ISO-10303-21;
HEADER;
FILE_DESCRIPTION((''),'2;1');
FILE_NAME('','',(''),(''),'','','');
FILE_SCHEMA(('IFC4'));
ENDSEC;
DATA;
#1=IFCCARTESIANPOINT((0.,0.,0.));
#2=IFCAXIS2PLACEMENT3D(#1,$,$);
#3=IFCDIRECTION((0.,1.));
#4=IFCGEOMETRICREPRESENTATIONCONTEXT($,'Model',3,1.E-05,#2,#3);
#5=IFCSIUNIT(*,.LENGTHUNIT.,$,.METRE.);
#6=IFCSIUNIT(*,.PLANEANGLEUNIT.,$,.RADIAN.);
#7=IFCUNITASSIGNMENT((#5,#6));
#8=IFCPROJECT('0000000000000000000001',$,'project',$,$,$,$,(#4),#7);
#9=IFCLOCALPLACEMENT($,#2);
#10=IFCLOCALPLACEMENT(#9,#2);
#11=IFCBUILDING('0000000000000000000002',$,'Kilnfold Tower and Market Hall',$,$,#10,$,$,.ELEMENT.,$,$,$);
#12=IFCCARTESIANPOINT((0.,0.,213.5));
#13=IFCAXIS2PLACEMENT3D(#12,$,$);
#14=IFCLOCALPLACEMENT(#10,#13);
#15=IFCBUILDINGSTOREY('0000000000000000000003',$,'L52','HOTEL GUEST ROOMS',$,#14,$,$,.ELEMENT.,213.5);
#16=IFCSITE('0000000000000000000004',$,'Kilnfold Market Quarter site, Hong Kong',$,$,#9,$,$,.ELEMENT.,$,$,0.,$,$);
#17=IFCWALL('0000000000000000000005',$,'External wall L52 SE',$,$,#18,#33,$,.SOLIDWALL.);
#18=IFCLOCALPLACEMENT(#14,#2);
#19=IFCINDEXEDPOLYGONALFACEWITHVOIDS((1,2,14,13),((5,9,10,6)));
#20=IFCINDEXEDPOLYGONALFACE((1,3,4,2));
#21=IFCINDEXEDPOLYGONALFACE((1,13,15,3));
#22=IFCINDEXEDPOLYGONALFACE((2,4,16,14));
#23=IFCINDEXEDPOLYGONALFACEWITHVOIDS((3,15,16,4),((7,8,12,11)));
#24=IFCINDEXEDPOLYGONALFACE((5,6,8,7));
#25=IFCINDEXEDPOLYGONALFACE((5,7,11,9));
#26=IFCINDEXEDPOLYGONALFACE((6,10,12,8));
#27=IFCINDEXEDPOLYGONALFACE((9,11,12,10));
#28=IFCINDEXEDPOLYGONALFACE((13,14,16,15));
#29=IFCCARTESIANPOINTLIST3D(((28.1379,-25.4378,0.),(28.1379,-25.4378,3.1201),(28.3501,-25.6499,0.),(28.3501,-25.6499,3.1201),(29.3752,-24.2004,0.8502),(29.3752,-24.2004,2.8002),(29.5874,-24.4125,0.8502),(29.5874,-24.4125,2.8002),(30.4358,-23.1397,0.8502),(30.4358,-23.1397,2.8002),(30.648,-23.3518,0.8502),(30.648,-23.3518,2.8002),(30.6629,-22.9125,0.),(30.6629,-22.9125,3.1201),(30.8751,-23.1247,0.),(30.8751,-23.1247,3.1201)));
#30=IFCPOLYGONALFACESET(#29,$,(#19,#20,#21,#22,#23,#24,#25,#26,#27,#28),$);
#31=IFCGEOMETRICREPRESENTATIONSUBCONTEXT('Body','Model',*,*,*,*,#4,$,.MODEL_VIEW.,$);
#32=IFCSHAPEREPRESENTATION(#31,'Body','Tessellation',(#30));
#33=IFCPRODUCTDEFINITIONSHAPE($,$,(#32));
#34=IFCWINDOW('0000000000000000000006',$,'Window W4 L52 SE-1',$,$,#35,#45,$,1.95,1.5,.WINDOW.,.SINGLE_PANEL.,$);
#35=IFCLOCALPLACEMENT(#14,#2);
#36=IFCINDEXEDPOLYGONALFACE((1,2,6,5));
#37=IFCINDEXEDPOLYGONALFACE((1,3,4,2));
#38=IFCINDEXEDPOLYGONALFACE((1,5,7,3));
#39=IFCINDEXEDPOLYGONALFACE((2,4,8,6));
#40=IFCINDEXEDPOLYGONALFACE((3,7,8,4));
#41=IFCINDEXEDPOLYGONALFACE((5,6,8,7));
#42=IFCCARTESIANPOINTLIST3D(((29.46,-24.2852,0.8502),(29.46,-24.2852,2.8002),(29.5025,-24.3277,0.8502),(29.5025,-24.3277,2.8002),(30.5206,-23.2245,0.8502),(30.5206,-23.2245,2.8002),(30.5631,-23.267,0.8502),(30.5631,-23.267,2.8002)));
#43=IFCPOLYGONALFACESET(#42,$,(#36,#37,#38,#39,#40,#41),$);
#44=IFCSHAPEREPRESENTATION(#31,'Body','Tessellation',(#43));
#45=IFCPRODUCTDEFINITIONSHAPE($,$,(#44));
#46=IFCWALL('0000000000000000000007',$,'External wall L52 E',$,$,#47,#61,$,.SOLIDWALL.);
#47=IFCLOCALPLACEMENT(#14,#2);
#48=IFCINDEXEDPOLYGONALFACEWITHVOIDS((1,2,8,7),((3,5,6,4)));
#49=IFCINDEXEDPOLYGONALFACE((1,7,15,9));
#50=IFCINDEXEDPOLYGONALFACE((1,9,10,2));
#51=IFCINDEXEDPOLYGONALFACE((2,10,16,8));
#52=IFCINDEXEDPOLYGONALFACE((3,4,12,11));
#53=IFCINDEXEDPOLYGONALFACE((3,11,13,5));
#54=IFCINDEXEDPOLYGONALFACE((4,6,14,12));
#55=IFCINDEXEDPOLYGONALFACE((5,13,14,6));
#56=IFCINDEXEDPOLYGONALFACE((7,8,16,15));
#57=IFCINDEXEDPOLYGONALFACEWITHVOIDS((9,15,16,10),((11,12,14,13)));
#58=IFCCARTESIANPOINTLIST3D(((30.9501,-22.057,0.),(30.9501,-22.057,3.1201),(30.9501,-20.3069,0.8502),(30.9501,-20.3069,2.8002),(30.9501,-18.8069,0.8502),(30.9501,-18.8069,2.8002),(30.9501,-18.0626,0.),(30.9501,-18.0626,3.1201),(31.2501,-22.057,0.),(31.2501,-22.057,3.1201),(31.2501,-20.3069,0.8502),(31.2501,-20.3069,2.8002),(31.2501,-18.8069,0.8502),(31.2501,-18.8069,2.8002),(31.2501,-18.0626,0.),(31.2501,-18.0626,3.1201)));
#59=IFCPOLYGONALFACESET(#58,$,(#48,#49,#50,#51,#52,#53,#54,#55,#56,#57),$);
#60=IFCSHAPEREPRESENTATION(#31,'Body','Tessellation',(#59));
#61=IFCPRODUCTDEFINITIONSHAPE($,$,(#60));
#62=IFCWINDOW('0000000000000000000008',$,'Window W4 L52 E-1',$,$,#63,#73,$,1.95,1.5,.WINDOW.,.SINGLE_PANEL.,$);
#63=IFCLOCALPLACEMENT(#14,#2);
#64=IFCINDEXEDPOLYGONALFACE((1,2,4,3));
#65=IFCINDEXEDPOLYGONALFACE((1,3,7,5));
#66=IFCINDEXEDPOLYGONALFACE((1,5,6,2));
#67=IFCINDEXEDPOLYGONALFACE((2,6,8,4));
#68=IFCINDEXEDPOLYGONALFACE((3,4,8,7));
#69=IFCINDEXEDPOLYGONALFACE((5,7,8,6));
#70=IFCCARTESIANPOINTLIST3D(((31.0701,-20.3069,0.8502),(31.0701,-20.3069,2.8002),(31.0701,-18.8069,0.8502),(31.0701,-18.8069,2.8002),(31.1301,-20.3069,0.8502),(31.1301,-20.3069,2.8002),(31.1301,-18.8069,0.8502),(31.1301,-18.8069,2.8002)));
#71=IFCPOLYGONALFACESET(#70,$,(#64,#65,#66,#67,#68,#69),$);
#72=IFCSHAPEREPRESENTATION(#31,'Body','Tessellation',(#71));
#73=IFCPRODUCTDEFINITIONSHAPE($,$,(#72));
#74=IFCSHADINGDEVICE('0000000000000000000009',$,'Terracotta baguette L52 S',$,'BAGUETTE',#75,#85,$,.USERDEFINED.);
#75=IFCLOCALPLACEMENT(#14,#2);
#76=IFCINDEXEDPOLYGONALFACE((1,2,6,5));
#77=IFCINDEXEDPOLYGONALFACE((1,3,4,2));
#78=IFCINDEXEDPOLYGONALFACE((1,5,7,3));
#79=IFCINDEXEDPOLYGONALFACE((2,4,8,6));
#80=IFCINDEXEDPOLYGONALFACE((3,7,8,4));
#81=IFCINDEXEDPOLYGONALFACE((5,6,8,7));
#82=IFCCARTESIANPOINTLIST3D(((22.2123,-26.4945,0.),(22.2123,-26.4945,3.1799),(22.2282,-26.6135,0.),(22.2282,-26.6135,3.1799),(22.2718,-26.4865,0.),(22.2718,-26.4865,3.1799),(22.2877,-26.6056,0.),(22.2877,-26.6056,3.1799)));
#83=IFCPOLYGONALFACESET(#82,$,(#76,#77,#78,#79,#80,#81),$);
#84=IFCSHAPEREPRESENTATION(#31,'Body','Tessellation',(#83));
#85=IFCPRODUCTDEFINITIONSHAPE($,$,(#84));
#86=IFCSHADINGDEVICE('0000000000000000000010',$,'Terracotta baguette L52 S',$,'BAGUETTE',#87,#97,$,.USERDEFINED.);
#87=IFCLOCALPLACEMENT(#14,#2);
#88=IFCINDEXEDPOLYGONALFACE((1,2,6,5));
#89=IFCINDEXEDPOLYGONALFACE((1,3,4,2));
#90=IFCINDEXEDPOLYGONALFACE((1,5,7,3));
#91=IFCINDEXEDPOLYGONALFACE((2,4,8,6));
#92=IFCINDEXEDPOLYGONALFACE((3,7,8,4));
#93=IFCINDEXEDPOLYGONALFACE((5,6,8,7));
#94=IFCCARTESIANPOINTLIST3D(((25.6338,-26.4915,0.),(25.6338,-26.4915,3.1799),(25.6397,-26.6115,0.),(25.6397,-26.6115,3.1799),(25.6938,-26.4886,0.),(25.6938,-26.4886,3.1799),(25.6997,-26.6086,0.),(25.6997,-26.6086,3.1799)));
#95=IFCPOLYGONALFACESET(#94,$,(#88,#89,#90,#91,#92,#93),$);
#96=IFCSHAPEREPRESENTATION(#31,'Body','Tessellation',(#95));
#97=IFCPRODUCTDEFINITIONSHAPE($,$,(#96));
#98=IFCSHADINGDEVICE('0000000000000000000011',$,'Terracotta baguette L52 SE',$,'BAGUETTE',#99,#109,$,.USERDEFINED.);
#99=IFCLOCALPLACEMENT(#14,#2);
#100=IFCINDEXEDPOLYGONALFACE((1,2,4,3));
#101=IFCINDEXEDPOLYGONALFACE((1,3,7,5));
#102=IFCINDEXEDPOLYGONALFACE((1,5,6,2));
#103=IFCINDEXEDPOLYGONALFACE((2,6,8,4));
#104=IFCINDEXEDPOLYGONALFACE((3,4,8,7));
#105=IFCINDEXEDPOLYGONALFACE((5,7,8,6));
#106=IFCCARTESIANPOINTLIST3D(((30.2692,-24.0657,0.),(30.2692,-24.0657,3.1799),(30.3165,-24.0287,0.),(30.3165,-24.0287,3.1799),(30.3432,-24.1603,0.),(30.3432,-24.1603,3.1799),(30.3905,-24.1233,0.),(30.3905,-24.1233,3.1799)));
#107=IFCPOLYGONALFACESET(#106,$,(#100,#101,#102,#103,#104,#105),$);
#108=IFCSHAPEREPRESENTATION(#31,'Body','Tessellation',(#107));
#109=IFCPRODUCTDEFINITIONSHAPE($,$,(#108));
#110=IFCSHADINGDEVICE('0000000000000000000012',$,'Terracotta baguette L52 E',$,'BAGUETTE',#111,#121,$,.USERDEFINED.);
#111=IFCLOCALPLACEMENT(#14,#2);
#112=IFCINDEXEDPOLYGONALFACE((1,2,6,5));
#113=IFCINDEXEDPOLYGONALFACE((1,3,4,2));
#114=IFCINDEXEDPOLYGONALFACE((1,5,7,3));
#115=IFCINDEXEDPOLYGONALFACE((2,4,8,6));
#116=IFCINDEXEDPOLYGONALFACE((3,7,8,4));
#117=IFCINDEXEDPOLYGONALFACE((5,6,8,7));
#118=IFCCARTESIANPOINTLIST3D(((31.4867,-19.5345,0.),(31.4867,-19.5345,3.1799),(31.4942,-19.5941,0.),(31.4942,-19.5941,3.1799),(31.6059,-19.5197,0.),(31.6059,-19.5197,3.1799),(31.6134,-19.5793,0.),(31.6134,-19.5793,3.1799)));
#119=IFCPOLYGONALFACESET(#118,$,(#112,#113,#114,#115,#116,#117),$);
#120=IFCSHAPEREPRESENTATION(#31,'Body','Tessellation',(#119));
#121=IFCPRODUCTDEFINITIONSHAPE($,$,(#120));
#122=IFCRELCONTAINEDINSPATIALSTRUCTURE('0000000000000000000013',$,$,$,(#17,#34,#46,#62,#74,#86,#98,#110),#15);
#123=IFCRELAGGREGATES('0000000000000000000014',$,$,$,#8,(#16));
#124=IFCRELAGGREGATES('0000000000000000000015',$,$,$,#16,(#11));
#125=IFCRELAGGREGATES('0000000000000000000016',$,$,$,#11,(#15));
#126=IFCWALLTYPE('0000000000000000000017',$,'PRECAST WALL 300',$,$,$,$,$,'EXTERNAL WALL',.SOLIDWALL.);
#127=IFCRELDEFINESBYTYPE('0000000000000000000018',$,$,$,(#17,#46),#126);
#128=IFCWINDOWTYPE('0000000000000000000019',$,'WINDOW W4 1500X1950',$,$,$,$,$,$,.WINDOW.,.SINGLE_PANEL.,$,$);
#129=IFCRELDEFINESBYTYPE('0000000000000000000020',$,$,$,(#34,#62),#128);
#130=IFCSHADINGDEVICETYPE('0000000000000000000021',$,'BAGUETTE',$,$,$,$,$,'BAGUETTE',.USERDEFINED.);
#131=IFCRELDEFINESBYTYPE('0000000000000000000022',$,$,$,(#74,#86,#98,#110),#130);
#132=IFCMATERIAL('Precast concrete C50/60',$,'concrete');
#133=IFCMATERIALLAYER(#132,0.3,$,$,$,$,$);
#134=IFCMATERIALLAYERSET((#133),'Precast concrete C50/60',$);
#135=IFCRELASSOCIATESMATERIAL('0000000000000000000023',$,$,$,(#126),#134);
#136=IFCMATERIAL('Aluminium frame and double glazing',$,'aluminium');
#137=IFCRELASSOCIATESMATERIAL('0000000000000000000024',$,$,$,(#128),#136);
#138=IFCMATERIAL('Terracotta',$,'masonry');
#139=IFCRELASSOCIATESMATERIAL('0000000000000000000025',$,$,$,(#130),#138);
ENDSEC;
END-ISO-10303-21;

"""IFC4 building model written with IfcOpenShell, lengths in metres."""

from ifc_helpers import new_model, si_unit, direction, frame, frame_2d, origin, origin_2d, place, context, subcontext, project, spatial, rectangle, extrude, source, transform, mapped, material, layer, layer_set, material_profile, profile_set, type_object, element, fill, save


model = new_model("IFC4")

# Units and contexts
model_context = context("Model", 3, precision=1e-05, world=origin(), true_north=direction((0.0, 1.0)))
body_context = subcontext(model_context, "Body", "Model", "MODEL_VIEW")
ifc_project = project(units=[si_unit("LENGTHUNIT", "METRE"), si_unit("PLANEANGLEUNIT", "RADIAN")], contexts=[model_context])

# Site, building, storey
site_placement = place(None, origin())
site = spatial("IfcSite", under=ifc_project, at=site_placement, Name="Kilnfold Market Quarter site, Hong Kong", CompositionType="ELEMENT", RefElevation=0.0)
building_placement = place(site_placement, origin())
building = spatial("IfcBuilding", under=site, at=building_placement, Name="Kilnfold Tower and Market Hall", CompositionType="ELEMENT")
storey_placement = place(building_placement, frame((0.0, 0.0, 213.5)))
storey = spatial("IfcBuildingStorey", under=building, at=storey_placement, Name="L52", Description="HOTEL GUEST ROOMS", CompositionType="ELEMENT", Elevation=213.5)

# Shared definitions
ifc_material_1 = material(Name="Precast concrete C50/60", Category="concrete")
ifc_layer_1 = layer(ifc_material_1, 0.3)
ifc_layer_set_1 = layer_set([ifc_layer_1], Name="Precast concrete C50/60")
wall_type_1 = type_object("IfcWallType", Name="PRECAST WALL 300", ElementType="EXTERNAL WALL", PredefinedType="SOLIDWALL", material=ifc_layer_set_1)
ifc_material_2 = material(Name="Aluminium frame and double glazing", Category="aluminium")
window_type = type_object("IfcWindowType", Name="WINDOW W4 1500X1950", PartitioningType="SINGLE_PANEL", PredefinedType="WINDOW", material=ifc_material_2)

# Walls, openings, windows
shared_shape_1 = source(origin(), body_context, "Body", "SweptSolid", [
    extrude(rectangle(XDim=3.571, YDim=0.3, at=frame_2d((1.7856, 0.0))), origin(), (0.0, 0.0, 1.0), 3.1201),
])
wall_1_placement = place(storey_placement, frame((28.2439, -25.5439, 0.0), z_axis=(0.0, 0.0, 1.0), x_axis=(0.707073, 0.707141, 0.0)))
wall_1 = element("IfcWall", 1, at=wall_1_placement, inside=storey, type_object=wall_type_1, Name="External wall L52 SE", PredefinedType="SOLIDWALL", context=body_context, shape_type="MappedRepresentation", body=[
    mapped(shared_shape_1, transform((0.0, 0.0, 0.0))),
])
opening_1_placement = place(wall_1_placement, frame((1.75, 0.0, 0.8501)))
opening_1 = element("IfcOpeningElement", 2, at=opening_1_placement, cuts=wall_1, PredefinedType="OPENING", context=body_context, shape_type="SweptSolid", body=[
    extrude(rectangle(XDim=1.5, YDim=1.95, at=frame_2d((0.75, 0.9751))), frame((0.0, 0.1602, 0.0), z_axis=(0.0, -1.0, 0.0), x_axis=(1.0, 0.0, 0.0)), (0.0, 0.0, 1.0), 0.3201),
])
window_1_placement = place(opening_1_placement, origin())
window_1 = element("IfcWindow", 3, at=window_1_placement, inside=storey, type_object=window_type, Name="Window W4 L52 SE-1", OverallHeight=1.95, OverallWidth=1.5, PartitioningType="SINGLE_PANEL", PredefinedType="WINDOW", context=body_context, shape_type="SweptSolid", body=[
    extrude(rectangle(XDim=1.5, YDim=1.95, at=frame_2d((0.75, 0.9751))), frame((0.0, 0.03, 0.0), z_axis=(0.0, -1.0, 0.0), x_axis=(1.0, 0.0, 0.0)), (0.0, 0.0, 1.0), 0.0601),
])
fill(opening_1, window_1)
shared_shape_2 = source(origin(), body_context, "Body", "SweptSolid", [
    extrude(rectangle(XDim=3.9944, YDim=0.3, at=frame_2d((1.9971, 0.0))), origin(), (0.0, 0.0, 1.0), 3.1201),
])
wall_2_placement = place(storey_placement, frame((31.1001, -22.0569, 0.0), z_axis=(0.0, 0.0, 1.0), x_axis=(0.0, 1.0, 0.0)))
wall_2 = element("IfcWall", 4, at=wall_2_placement, inside=storey, type_object=wall_type_1, Name="External wall L52 E", PredefinedType="SOLIDWALL", context=body_context, shape_type="MappedRepresentation", body=[
    mapped(shared_shape_2, transform((0.0, 0.0, 0.0))),
])
opening_2_placement = place(wall_2_placement, frame((1.75, 0.0, 0.8501)))
opening_2 = element("IfcOpeningElement", 5, at=opening_2_placement, cuts=wall_2, PredefinedType="OPENING", context=body_context, shape_type="SweptSolid", body=[
    extrude(rectangle(XDim=1.5, YDim=1.95, at=frame_2d((0.75, 0.9751))), frame((0.0, 0.1602, 0.0), z_axis=(0.0, -1.0, 0.0), x_axis=(1.0, 0.0, 0.0)), (0.0, 0.0, 1.0), 0.3201),
])
window_2_placement = place(opening_2_placement, origin())
window_2 = element("IfcWindow", 6, at=window_2_placement, inside=storey, type_object=window_type, Name="Window W4 L52 E-1", OverallHeight=1.95, OverallWidth=1.5, PartitioningType="SINGLE_PANEL", PredefinedType="WINDOW", context=body_context, shape_type="SweptSolid", body=[
    extrude(rectangle(XDim=1.5, YDim=1.95, at=frame_2d((0.75, 0.9751))), frame((0.0, 0.03, 0.0), z_axis=(0.0, -1.0, 0.0), x_axis=(1.0, 0.0, 0.0)), (0.0, 0.0, 1.0), 0.0601),
])
fill(opening_2, window_2)

# Shading devices
ifc_material_3 = material(Name="Terracotta", Category="masonry")
ifc_material_profile_1 = material_profile(ifc_material_3, rectangle(XDim=0.0601, YDim=0.1201, at=origin_2d()), Name="BAG 60x120")
ifc_profile_set_1 = profile_set([ifc_material_profile_1], Name="Terracotta")
shading_device_type = type_object("IfcShadingDeviceType", Name="BAGUETTE", ElementType="BAGUETTE", PredefinedType="USERDEFINED", material=ifc_profile_set_1)
shared_shape_3 = source(origin(), body_context, "Body", "SweptSolid", [
    extrude(rectangle(XDim=0.0601, YDim=0.1201, at=origin_2d()), origin(), (0.0, 0.0, 1.0), 3.1799),
])
for number, where, z_axis, x_axis, name in (
    (7, (22.25, -26.55, 0.0), (0.0, 0.0, 1.0), (0.991227, 0.13217, 0.0), "Terracotta baguette L52 S"),
    (8, (25.6667, -26.55, 0.0), (0.0, 0.0, 1.0), (0.99881, 0.04877, 0.0), "Terracotta baguette L52 S"),
    (9, (30.3298, -24.0945, 0.0), (0.0, 0.0, 1.0), (0.787814, 0.615913, 0.0), "Terracotta baguette L52 SE"),
    (10, (31.55, -19.5569, 0.0), (0.0, 0.0, 1.0), (-0.123544, 0.992339, 0.0), "Terracotta baguette L52 E"),
):
    element("IfcShadingDevice", number, at=place(storey_placement, frame(where, z_axis=z_axis, x_axis=x_axis)), inside=storey, type_object=shading_device_type, Name=name, ObjectType="BAGUETTE", PredefinedType="USERDEFINED", context=body_context, shape_type="MappedRepresentation", body=[
        mapped(shared_shape_3, transform((0.0, 0.0, 0.0))),
    ])

save(model, "model.ifc")
